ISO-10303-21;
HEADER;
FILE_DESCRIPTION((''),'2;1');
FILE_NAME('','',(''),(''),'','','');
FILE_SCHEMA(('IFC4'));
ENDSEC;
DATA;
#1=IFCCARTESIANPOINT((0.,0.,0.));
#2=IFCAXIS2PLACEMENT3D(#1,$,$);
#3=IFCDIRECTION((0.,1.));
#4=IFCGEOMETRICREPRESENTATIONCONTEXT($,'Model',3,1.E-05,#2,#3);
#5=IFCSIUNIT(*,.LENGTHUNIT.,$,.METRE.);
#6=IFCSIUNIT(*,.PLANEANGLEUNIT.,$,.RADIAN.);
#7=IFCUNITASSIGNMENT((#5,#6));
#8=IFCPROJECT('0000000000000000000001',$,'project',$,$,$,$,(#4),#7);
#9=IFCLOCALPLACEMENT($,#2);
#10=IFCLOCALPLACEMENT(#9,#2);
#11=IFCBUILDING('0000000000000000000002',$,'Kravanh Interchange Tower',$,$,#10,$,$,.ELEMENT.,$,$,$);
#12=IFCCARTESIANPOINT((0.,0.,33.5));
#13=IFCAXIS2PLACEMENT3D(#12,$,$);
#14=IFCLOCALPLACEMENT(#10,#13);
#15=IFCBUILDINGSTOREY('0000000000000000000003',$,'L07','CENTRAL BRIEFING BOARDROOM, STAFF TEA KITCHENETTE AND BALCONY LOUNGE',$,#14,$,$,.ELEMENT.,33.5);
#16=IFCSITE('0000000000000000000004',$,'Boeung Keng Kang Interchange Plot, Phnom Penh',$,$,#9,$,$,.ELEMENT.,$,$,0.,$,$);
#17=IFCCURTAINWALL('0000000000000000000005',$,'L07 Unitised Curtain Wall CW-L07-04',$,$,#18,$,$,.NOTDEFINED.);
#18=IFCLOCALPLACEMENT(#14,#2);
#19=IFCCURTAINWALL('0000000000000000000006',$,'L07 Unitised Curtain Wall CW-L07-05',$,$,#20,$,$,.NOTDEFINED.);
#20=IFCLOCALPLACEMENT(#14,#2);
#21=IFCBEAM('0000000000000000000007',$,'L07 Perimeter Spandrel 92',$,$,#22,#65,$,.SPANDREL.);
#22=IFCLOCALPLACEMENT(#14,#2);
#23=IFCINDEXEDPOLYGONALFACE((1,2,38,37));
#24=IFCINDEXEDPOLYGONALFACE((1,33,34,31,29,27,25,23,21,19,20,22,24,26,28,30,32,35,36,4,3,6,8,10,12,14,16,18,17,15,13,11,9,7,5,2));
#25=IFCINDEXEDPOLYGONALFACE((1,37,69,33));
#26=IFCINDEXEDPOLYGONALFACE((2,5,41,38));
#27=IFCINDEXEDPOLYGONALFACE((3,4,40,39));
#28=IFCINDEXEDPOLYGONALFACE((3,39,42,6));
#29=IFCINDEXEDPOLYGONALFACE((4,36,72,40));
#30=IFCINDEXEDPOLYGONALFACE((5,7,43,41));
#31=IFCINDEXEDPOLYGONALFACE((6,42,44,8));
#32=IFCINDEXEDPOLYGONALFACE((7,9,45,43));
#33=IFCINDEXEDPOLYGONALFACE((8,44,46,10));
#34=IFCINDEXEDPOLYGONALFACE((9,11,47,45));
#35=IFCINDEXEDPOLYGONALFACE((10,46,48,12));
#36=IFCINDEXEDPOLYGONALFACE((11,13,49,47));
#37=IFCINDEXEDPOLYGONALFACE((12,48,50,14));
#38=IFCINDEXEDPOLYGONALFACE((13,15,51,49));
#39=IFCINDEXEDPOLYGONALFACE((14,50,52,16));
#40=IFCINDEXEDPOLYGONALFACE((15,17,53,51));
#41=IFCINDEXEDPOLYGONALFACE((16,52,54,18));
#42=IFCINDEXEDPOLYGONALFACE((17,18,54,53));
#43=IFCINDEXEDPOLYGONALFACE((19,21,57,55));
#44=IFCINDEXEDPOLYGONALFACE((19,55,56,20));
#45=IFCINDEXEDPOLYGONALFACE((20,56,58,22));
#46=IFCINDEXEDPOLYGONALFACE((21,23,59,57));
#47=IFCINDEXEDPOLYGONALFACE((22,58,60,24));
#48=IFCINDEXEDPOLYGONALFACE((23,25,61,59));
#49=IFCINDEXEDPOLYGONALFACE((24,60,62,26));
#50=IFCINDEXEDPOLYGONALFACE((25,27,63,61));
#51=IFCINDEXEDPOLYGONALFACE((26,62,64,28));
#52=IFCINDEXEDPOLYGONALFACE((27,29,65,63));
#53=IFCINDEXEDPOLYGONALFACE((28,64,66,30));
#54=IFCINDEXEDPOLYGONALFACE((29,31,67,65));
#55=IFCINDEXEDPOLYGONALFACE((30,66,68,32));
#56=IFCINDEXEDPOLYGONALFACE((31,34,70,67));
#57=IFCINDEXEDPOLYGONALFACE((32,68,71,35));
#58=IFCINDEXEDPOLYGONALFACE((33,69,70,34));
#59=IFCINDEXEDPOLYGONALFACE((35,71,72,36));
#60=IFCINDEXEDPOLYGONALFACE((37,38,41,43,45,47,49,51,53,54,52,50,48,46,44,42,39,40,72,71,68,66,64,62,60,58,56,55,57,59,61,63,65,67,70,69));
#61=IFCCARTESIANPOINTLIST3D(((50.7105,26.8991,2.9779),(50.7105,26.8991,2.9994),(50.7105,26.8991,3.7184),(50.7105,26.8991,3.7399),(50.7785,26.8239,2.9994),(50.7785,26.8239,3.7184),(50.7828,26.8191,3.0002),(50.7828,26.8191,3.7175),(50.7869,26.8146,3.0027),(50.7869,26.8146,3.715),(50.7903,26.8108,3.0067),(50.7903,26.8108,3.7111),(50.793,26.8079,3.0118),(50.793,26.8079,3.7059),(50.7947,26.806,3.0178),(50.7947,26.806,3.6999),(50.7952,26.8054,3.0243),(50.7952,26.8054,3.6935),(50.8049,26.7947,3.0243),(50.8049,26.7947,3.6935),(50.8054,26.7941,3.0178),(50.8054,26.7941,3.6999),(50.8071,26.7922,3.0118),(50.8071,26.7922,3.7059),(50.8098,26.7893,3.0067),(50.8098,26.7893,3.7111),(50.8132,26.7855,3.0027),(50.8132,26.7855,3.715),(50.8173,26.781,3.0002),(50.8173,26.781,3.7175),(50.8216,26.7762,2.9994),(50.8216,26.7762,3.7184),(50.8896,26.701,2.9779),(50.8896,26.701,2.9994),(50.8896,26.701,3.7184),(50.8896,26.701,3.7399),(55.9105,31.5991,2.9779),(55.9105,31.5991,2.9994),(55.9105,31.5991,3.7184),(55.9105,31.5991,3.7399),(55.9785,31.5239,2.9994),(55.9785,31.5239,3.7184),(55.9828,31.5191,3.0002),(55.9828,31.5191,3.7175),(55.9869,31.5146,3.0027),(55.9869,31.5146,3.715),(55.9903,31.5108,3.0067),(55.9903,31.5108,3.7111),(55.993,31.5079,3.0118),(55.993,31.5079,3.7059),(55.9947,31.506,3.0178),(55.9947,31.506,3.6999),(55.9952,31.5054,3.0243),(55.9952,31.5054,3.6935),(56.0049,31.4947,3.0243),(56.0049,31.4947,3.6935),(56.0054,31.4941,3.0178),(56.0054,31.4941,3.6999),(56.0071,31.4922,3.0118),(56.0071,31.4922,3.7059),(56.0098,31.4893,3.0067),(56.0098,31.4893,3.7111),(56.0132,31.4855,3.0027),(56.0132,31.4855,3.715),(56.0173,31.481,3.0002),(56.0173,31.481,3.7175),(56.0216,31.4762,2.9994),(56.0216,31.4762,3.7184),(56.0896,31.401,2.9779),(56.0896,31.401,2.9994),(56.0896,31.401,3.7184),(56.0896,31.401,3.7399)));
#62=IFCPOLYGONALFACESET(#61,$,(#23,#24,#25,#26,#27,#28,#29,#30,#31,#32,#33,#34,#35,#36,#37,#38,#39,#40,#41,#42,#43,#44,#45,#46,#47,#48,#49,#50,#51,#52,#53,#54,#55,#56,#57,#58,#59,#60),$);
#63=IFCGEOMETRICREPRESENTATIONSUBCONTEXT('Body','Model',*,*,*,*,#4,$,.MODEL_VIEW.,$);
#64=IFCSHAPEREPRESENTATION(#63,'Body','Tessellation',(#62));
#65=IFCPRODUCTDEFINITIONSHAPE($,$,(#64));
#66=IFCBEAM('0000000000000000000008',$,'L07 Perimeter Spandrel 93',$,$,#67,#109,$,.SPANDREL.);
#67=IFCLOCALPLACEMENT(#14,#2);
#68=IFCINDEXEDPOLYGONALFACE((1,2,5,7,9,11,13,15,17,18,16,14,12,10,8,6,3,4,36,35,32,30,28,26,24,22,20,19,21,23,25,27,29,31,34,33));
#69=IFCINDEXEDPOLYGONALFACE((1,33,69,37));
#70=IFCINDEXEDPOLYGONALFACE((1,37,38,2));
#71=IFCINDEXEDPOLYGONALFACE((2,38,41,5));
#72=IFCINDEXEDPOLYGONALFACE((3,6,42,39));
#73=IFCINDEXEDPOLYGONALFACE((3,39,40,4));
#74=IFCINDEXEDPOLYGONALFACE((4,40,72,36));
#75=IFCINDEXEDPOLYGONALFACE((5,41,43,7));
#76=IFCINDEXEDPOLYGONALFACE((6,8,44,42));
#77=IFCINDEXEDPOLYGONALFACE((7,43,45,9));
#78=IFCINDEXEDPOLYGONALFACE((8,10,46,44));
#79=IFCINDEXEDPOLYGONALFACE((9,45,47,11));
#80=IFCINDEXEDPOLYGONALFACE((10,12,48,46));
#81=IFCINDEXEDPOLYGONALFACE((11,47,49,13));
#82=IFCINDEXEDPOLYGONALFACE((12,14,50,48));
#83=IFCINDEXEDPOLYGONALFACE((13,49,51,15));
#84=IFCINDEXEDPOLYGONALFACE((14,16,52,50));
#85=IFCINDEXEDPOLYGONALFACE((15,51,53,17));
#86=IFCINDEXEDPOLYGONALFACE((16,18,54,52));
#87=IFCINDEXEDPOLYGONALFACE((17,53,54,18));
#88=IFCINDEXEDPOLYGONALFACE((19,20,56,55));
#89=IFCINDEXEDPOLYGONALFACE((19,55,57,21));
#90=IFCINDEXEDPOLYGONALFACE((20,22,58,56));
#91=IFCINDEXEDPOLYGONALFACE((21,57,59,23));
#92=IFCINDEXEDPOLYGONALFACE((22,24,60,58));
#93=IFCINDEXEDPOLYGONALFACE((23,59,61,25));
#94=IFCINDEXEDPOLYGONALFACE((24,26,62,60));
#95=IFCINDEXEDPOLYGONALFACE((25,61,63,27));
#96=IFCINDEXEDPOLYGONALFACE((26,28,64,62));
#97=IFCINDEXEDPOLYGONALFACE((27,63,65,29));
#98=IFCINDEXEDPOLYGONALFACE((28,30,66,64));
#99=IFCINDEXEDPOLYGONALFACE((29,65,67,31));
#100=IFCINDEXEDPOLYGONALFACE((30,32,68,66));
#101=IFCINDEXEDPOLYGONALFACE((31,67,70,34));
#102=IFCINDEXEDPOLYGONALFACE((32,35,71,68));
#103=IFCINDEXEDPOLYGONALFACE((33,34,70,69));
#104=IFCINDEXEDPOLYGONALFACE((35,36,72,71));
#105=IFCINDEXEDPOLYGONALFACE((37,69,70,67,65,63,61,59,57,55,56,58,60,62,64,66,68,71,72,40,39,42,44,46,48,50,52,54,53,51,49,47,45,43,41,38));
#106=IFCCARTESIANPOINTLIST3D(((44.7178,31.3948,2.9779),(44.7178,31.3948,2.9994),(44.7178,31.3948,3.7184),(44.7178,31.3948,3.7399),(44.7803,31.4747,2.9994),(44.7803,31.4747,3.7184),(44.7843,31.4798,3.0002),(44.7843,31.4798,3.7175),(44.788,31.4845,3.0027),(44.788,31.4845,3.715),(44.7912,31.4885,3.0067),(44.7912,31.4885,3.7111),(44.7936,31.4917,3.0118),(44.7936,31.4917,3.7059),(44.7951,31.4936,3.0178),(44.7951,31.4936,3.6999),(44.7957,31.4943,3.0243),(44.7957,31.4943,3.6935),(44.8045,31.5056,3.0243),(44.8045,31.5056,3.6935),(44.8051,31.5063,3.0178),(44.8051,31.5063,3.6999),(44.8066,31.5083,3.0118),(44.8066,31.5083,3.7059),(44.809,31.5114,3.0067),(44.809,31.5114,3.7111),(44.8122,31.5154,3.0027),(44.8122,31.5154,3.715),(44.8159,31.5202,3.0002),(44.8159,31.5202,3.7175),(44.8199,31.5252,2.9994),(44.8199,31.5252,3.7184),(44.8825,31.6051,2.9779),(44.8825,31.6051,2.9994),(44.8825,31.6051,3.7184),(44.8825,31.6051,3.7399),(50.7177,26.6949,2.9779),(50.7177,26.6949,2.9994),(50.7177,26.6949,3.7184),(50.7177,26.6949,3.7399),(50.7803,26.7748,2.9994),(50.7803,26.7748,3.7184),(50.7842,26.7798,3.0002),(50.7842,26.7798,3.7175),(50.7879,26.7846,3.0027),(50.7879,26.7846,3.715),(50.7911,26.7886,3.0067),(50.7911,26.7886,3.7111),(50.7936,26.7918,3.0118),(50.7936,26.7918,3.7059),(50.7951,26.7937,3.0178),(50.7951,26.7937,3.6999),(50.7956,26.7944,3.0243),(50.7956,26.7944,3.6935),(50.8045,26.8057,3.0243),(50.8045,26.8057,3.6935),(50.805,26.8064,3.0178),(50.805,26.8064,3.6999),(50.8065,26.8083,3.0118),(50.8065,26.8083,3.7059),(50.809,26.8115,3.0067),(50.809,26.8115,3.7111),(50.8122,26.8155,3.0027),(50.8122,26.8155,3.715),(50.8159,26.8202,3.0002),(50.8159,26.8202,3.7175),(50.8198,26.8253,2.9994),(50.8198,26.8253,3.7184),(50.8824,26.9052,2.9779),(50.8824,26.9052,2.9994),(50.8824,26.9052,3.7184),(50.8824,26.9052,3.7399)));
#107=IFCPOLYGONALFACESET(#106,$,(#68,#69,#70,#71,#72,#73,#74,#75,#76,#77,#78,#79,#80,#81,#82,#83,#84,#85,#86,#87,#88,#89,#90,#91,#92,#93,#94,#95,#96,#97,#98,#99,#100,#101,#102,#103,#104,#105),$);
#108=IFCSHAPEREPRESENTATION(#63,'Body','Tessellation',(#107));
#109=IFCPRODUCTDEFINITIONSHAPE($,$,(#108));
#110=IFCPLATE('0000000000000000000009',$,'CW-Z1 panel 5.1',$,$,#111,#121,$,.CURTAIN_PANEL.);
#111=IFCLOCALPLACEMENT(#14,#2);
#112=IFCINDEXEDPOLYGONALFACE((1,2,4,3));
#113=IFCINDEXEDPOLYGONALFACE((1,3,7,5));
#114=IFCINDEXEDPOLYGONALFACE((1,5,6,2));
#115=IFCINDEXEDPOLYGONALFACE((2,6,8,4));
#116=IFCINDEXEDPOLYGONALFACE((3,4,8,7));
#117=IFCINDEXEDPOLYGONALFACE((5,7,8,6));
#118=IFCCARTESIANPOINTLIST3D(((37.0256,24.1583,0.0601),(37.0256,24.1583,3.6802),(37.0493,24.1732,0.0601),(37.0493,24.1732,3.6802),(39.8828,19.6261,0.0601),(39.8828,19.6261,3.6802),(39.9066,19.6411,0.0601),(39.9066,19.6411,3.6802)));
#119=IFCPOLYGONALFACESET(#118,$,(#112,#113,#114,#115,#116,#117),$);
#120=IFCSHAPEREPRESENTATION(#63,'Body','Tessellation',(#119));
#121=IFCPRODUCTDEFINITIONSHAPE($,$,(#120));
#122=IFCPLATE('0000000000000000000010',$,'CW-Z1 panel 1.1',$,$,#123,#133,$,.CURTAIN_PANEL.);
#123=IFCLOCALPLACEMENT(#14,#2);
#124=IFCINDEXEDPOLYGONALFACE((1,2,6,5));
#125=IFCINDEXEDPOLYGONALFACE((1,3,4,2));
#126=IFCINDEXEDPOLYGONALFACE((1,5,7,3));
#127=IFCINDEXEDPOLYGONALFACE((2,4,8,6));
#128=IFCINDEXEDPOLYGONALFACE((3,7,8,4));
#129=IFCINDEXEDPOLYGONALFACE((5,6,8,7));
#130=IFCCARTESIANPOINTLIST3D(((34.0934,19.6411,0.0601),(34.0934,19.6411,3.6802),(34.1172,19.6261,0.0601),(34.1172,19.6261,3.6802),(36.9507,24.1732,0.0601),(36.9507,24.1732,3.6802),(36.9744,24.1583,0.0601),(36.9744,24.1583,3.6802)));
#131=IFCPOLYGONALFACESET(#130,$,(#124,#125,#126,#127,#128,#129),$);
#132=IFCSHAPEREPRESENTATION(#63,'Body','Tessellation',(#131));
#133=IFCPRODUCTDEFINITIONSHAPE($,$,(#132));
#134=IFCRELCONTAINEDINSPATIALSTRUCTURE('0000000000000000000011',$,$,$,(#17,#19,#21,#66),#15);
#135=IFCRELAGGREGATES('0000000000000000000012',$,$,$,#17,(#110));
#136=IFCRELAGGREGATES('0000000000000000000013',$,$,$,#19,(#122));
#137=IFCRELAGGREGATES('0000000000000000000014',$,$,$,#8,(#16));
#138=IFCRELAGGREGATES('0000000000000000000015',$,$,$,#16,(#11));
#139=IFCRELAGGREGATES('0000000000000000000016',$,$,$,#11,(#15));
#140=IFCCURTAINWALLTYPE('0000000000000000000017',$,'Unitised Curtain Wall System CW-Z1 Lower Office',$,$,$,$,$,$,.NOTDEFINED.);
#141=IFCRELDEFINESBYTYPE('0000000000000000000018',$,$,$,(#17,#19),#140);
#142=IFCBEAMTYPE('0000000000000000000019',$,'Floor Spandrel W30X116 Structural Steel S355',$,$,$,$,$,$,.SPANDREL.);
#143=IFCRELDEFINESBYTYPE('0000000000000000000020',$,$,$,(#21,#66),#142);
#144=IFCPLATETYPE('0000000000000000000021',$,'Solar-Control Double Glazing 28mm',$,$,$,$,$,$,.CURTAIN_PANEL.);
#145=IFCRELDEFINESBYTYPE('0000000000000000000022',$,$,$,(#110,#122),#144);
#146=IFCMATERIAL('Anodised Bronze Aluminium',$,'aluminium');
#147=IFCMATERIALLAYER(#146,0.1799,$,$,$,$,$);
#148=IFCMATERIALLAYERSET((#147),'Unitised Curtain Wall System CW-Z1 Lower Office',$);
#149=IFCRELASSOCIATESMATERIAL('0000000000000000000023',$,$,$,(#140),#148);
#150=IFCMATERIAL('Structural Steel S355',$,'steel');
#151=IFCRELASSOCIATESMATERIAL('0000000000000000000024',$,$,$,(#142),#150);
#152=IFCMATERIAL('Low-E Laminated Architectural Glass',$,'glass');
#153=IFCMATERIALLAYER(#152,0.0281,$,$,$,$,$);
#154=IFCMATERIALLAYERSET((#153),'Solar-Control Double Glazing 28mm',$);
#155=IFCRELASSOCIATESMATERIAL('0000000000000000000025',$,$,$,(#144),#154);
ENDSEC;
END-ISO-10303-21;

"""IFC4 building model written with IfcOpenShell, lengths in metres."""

from ifc_helpers import new_model, si_unit, direction, frame, origin, origin_2d, place, context, subcontext, project, spatial, rectangle, i_section, extrude, material, layer, layer_set, material_profile, profile_set, type_object, element, aggregate, save


model = new_model("IFC4")

# Units and contexts
model_context = context("Model", 3, precision=1e-05, world=origin(), true_north=direction((0.0, 1.0)))
body_context = subcontext(model_context, "Body", "Model", "MODEL_VIEW")
ifc_project = project(units=[si_unit("LENGTHUNIT", "METRE"), si_unit("PLANEANGLEUNIT", "RADIAN")], contexts=[model_context])

# Site, building, storey
site_placement = place(None, origin())
site = spatial("IfcSite", under=ifc_project, at=site_placement, Name="Boeung Keng Kang Interchange Plot, Phnom Penh", CompositionType="ELEMENT", RefElevation=0.0)
building_placement = place(site_placement, origin())
building = spatial("IfcBuilding", under=site, at=building_placement, Name="Kravanh Interchange Tower", CompositionType="ELEMENT")
storey_placement = place(building_placement, frame((0.0, 0.0, 33.5)))
storey = spatial("IfcBuildingStorey", under=building, at=storey_placement, Name="L07", Description="CENTRAL BRIEFING BOARDROOM, STAFF TEA KITCHENETTE AND BALCONY LOUNGE", CompositionType="ELEMENT", Elevation=33.5)

# Curtain walls
ifc_material_1 = material(Name="Anodised Bronze Aluminium", Category="aluminium")
ifc_layer_1 = layer(ifc_material_1, 0.1799)
ifc_layer_set_1 = layer_set([ifc_layer_1], Name="Unitised Curtain Wall System CW-Z1 Lower Office")
curtain_wall_type = type_object("IfcCurtainWallType", Name="Unitised Curtain Wall System CW-Z1 Lower Office", PredefinedType="NOTDEFINED", material=ifc_layer_set_1)
curtain_wall_1_placement = place(storey_placement, origin())
curtain_wall_1 = element("IfcCurtainWall", 1, at=curtain_wall_1_placement, inside=storey, type_object=curtain_wall_type, Name="L07 Unitised Curtain Wall CW-L07-04", PredefinedType="NOTDEFINED")
curtain_wall_2_placement = place(storey_placement, origin())
curtain_wall_2 = element("IfcCurtainWall", 2, at=curtain_wall_2_placement, inside=storey, type_object=curtain_wall_type, Name="L07 Unitised Curtain Wall CW-L07-05", PredefinedType="NOTDEFINED")

# Beams
ifc_material_2 = material(Name="Structural Steel S355", Category="steel")
ifc_material_profile_1 = material_profile(ifc_material_2, i_section(OverallWidth=0.2671, OverallDepth=0.762, WebThickness=0.0144, FlangeThickness=0.0215, FilletRadius=0.0249, at=origin_2d()), Name="W30X116")
ifc_profile_set_1 = profile_set([ifc_material_profile_1], Name="Structural Steel S355")
beam_type_1 = type_object("IfcBeamType", Name="Floor Spandrel W30X116 Structural Steel S355", PredefinedType="SPANDREL", material=ifc_profile_set_1)
beam_1_placement = place(storey_placement, frame((50.8, 26.8, 3.3589), z_axis=(0.741874, 0.670539, 0.0), x_axis=(-0.670539, 0.741874, 0.0)))
element("IfcBeam", 3, at=beam_1_placement, inside=storey, type_object=beam_type_1, Name="L07 Perimeter Spandrel 92", PredefinedType="SPANDREL", context=body_context, shape_type="SweptSolid", body=[
    extrude(i_section(OverallWidth=0.2671, OverallDepth=0.762, WebThickness=0.0144, FlangeThickness=0.0215, FilletRadius=0.0249, at=origin_2d()), origin(), (0.0, 0.0, 1.0), 7.0093),
])
beam_2_placement = place(storey_placement, frame((50.8, 26.8, 3.3589), z_axis=(-0.787231, 0.616658, 0.0), x_axis=(-0.616658, -0.787231, 0.0)))
element("IfcBeam", 4, at=beam_2_placement, inside=storey, type_object=beam_type_1, Name="L07 Perimeter Spandrel 93", PredefinedType="SPANDREL", context=body_context, shape_type="SweptSolid", body=[
    extrude(i_section(OverallWidth=0.2671, OverallDepth=0.762, WebThickness=0.0144, FlangeThickness=0.0215, FilletRadius=0.0249, at=origin_2d()), origin(), (0.0, 0.0, 1.0), 7.6216),
])

# Plates
ifc_material_3 = material(Name="Low-E Laminated Architectural Glass", Category="glass")
ifc_layer_2 = layer(ifc_material_3, 0.0281)
ifc_layer_set_2 = layer_set([ifc_layer_2], Name="Solar-Control Double Glazing 28mm")
plate_type = type_object("IfcPlateType", Name="Solar-Control Double Glazing 28mm", PredefinedType="CURTAIN_PANEL", material=ifc_layer_set_2)
plate_1_placement = place(storey_placement, frame((38.4661, 21.8997, 0.0601), z_axis=(0.0, 0.0, 1.0), x_axis=(-0.533301, 0.845926, 0.0)))
plate_1 = element("IfcPlate", 5, at=plate_1_placement, type_object=plate_type, Name="CW-Z1 panel 5.1", PredefinedType="CURTAIN_PANEL", context=body_context, shape_type="SweptSolid", body=[
    extrude(rectangle(XDim=5.3577, YDim=0.0281, at=origin_2d()), origin(), (0.0, 0.0, 1.0), 3.6201),
])
aggregate(curtain_wall_1, [plate_1])
plate_2_placement = place(storey_placement, frame((35.5339, 21.8997, 0.0601), z_axis=(0.0, 0.0, 1.0), x_axis=(-0.533301, -0.845926, 0.0)))
plate_2 = element("IfcPlate", 6, at=plate_2_placement, type_object=plate_type, Name="CW-Z1 panel 1.1", PredefinedType="CURTAIN_PANEL", context=body_context, shape_type="SweptSolid", body=[
    extrude(rectangle(XDim=5.3577, YDim=0.0281, at=origin_2d()), origin(), (0.0, 0.0, 1.0), 3.6201),
])
aggregate(curtain_wall_2, [plate_2])

save(model, "model.ifc")
